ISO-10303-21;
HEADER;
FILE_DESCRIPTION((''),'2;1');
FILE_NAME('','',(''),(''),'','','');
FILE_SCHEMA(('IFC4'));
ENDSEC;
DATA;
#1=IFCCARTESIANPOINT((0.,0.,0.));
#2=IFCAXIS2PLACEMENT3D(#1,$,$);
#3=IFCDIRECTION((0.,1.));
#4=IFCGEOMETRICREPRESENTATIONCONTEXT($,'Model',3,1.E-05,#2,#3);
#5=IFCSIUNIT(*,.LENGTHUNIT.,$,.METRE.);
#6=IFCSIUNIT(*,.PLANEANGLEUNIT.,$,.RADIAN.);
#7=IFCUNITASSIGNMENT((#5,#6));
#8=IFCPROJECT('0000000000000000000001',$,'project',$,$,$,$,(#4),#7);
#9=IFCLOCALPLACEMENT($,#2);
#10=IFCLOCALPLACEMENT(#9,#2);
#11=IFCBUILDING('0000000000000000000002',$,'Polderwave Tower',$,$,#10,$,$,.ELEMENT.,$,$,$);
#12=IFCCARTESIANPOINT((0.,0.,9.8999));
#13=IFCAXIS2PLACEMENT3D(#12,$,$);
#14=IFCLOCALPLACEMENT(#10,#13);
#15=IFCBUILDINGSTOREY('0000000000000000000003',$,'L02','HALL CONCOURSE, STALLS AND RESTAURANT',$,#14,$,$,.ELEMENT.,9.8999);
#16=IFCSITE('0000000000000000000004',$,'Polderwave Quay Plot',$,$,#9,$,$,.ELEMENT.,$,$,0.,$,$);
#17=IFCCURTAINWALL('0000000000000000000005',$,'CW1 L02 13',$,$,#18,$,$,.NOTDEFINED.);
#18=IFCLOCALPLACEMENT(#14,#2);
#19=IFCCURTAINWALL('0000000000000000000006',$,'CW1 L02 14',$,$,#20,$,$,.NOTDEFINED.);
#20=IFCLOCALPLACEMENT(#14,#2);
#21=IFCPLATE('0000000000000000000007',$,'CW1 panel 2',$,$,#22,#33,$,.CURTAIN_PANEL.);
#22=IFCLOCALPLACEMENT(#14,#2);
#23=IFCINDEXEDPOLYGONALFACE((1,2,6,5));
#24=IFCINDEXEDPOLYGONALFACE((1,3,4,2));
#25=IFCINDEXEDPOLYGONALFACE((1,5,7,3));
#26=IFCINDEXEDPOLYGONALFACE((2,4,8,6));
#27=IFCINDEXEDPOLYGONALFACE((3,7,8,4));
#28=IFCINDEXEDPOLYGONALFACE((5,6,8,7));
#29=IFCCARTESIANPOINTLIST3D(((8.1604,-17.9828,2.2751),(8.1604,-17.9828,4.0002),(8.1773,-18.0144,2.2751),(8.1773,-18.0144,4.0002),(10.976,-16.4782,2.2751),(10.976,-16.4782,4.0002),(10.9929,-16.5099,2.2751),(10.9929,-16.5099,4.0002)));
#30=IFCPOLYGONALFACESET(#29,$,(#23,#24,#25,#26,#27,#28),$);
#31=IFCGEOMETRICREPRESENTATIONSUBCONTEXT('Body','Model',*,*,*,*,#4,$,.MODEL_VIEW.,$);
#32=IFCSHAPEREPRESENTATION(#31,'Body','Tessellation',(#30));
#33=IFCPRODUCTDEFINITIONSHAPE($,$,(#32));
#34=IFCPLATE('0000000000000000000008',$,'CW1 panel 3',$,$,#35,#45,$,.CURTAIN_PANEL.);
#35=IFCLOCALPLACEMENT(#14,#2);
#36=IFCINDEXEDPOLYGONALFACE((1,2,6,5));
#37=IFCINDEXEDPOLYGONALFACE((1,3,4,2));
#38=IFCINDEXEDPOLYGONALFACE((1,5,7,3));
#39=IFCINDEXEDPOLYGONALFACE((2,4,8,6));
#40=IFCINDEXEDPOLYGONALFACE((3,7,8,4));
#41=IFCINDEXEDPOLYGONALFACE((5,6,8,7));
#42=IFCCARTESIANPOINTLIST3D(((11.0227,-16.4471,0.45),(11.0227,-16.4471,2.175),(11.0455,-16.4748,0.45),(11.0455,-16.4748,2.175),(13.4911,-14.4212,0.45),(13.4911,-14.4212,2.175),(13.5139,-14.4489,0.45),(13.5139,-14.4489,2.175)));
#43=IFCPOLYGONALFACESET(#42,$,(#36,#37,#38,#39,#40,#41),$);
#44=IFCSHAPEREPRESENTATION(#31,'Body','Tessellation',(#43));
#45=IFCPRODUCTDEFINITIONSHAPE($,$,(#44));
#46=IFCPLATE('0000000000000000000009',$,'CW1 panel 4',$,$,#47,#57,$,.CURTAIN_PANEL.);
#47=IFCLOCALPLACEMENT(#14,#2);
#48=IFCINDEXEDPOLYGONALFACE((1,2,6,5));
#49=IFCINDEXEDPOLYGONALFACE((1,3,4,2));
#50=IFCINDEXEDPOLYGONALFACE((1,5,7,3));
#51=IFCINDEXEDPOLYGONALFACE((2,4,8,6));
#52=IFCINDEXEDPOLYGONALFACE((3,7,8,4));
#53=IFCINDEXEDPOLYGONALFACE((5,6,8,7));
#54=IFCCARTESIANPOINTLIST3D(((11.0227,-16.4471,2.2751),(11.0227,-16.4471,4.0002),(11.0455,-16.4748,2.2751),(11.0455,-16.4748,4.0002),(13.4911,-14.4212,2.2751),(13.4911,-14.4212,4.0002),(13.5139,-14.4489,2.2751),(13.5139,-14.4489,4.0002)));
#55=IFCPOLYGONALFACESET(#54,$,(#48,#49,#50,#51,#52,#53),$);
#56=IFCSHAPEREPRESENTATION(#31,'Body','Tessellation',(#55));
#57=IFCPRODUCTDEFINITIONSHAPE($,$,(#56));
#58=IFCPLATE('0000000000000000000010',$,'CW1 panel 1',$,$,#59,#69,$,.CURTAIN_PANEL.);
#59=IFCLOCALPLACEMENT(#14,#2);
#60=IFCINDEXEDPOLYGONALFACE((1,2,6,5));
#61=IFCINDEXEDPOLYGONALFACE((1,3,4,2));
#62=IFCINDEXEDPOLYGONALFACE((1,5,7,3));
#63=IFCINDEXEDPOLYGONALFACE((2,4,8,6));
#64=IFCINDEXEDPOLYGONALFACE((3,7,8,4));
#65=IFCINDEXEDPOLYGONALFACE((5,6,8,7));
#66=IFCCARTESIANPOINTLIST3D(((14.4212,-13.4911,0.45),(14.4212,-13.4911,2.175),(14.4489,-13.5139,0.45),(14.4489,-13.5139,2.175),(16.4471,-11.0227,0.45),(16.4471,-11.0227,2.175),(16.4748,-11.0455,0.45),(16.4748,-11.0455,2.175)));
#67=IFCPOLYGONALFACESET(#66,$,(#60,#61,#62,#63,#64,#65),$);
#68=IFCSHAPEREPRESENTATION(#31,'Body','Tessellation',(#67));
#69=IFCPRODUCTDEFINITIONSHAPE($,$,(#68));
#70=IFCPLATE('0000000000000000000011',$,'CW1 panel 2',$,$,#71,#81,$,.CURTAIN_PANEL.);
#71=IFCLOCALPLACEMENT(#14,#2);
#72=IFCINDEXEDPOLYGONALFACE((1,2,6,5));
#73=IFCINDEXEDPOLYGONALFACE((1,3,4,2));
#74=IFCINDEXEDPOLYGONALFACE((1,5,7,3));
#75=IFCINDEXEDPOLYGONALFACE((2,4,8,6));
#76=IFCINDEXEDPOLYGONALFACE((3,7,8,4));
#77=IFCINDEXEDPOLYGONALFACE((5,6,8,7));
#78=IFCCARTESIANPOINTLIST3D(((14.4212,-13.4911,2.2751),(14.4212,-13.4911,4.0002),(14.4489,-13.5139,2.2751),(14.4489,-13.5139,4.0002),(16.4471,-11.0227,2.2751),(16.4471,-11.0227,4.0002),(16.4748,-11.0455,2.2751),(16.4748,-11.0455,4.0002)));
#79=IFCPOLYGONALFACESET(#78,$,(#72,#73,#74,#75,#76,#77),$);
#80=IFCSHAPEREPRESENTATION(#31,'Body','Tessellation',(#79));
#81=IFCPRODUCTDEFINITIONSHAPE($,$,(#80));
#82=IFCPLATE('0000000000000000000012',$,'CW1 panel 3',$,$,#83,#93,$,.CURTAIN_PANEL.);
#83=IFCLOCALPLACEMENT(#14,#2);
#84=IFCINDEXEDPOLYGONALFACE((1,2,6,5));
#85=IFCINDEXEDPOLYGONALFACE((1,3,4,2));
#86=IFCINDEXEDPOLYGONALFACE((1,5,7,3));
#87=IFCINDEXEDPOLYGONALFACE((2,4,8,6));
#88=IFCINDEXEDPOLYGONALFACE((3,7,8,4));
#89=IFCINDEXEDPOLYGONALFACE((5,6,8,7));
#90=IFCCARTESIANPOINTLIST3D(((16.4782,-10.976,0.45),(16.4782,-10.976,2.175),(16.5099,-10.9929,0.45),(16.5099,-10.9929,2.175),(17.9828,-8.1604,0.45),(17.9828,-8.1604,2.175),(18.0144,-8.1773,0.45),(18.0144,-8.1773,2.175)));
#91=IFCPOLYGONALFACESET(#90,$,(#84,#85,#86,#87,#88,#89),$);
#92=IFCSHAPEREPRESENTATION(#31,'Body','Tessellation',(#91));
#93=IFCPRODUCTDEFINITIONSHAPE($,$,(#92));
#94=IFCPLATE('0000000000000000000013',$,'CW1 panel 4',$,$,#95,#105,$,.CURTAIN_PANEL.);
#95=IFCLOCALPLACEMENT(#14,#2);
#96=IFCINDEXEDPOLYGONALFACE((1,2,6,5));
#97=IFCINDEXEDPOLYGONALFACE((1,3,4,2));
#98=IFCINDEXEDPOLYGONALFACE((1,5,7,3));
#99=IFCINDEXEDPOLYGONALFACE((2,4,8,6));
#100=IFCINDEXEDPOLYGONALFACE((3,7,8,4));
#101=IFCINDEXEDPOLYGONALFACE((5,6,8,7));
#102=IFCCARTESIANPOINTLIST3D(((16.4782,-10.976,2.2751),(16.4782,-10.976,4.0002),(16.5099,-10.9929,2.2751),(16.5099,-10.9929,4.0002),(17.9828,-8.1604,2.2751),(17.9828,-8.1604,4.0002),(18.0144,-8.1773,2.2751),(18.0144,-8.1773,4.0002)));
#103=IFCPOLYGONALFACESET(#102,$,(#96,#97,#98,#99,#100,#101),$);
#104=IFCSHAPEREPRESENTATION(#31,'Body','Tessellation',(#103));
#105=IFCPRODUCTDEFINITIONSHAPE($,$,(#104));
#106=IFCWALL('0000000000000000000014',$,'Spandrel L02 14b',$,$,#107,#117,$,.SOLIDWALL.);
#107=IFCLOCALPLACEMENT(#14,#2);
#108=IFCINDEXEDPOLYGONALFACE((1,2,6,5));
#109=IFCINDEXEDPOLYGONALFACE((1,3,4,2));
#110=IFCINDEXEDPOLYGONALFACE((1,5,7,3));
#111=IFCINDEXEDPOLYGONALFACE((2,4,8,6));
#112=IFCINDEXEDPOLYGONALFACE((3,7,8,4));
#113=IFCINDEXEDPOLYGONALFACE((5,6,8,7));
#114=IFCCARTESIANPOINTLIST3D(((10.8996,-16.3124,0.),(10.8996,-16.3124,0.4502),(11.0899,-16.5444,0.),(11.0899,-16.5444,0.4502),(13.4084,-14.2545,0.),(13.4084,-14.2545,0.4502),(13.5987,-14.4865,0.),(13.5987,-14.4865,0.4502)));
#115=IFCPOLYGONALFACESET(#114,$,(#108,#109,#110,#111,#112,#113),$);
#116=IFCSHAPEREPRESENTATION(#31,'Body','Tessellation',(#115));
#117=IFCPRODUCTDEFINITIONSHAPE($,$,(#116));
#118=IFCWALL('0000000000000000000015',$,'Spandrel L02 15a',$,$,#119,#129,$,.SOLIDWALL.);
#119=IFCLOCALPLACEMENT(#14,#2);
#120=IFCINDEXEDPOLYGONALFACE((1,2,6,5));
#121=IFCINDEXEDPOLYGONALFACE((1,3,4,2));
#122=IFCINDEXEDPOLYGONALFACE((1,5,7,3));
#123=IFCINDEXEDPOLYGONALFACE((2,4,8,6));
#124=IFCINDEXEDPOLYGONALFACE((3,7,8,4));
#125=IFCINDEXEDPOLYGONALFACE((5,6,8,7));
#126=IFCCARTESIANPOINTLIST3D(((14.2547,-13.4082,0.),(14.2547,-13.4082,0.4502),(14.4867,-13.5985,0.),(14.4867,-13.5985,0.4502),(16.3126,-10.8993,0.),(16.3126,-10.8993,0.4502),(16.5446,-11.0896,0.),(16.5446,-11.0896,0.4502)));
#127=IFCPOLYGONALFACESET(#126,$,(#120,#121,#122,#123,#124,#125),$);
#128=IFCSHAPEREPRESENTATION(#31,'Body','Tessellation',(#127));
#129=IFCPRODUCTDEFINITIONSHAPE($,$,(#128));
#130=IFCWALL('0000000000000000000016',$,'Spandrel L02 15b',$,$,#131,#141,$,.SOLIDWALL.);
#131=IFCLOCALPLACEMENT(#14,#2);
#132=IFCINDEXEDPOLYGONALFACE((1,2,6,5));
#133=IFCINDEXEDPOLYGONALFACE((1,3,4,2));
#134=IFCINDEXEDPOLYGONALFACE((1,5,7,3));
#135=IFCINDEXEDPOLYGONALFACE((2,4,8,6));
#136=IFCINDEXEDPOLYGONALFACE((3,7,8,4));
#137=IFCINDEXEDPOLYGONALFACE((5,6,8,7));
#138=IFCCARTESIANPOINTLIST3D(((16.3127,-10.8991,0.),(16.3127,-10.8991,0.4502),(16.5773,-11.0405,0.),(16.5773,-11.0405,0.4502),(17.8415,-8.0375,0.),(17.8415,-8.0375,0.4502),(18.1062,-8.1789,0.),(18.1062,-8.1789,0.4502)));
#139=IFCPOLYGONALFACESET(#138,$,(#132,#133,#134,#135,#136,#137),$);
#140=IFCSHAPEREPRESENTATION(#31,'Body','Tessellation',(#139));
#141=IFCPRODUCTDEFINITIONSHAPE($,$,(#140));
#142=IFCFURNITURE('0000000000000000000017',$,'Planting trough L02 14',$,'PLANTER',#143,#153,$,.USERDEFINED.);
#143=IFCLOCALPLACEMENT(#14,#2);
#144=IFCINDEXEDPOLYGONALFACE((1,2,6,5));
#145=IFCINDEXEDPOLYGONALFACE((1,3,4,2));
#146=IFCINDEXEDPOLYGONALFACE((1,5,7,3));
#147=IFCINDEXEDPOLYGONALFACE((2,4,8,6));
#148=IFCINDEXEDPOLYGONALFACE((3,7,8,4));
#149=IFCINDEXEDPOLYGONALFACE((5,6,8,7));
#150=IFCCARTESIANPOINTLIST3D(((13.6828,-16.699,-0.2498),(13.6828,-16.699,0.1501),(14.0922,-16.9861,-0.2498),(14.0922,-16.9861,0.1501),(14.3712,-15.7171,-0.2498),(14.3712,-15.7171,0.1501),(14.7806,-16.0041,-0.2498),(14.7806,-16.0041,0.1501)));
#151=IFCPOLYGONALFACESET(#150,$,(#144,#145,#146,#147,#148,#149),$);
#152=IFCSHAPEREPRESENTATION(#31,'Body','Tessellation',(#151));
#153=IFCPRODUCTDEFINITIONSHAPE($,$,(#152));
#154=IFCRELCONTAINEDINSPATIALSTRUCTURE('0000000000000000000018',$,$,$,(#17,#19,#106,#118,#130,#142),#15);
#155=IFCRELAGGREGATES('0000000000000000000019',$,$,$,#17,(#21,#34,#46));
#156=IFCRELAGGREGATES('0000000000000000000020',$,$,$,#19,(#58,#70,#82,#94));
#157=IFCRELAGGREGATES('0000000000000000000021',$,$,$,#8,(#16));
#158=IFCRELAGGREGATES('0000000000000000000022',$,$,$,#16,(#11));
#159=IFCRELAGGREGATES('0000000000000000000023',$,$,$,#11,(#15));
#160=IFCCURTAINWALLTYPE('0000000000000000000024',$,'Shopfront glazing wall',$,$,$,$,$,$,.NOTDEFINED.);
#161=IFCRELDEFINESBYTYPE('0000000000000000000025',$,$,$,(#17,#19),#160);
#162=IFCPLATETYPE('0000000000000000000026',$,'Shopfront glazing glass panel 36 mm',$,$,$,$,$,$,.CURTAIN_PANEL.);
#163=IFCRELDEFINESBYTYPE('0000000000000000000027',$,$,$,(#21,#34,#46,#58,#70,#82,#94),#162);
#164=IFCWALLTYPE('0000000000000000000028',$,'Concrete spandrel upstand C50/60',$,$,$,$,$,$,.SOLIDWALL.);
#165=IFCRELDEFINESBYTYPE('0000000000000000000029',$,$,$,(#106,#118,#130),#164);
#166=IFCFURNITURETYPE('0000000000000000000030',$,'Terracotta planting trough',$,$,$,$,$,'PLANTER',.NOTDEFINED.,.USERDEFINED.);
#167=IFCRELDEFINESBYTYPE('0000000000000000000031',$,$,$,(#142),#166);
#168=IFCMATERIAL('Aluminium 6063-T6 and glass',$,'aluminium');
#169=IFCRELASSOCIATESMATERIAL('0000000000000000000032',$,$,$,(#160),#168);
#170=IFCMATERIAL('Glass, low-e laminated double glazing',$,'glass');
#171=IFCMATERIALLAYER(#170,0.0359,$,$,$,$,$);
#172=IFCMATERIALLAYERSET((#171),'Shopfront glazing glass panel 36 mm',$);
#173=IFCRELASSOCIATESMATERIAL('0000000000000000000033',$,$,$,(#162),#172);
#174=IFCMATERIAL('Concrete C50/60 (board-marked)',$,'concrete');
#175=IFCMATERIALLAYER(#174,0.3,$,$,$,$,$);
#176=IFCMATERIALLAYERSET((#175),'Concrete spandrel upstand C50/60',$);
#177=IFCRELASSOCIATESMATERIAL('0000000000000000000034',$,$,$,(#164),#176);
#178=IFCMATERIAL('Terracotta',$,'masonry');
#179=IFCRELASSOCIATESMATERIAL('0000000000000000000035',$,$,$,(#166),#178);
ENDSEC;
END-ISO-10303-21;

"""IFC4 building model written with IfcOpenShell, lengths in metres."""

from ifc_helpers import new_model, si_unit, direction, frame, frame_2d, origin, origin_2d, place, context, subcontext, project, spatial, rectangle, extrude, material, layer, layer_set, type_object, element, aggregate, save


model = new_model("IFC4")

# Units and contexts
model_context = context("Model", 3, precision=1e-05, world=origin(), true_north=direction((0.0, 1.0)))
body_context = subcontext(model_context, "Body", "Model", "MODEL_VIEW")
ifc_project = project(units=[si_unit("LENGTHUNIT", "METRE"), si_unit("PLANEANGLEUNIT", "RADIAN")], contexts=[model_context])

# Site, building, storey
site_placement = place(None, origin())
site = spatial("IfcSite", under=ifc_project, at=site_placement, Name="Polderwave Quay Plot", CompositionType="ELEMENT", RefElevation=0.0)
building_placement = place(site_placement, origin())
building = spatial("IfcBuilding", under=site, at=building_placement, Name="Polderwave Tower", CompositionType="ELEMENT")
storey_placement = place(building_placement, frame((0.0, 0.0, 9.8999)))
storey = spatial("IfcBuildingStorey", under=building, at=storey_placement, Name="L02", Description="HALL CONCOURSE, STALLS AND RESTAURANT", CompositionType="ELEMENT", Elevation=9.8999)

# Curtain walls
ifc_material_1 = material(Name="Aluminium 6063-T6 and glass", Category="aluminium")
curtain_wall_type = type_object("IfcCurtainWallType", Name="Shopfront glazing wall", PredefinedType="NOTDEFINED", material=ifc_material_1)
curtain_wall_1_placement = place(storey_placement, origin())
curtain_wall_1 = element("IfcCurtainWall", 1, at=curtain_wall_1_placement, inside=storey, type_object=curtain_wall_type, Name="CW1 L02 13", PredefinedType="NOTDEFINED")
curtain_wall_2_placement = place(storey_placement, origin())
curtain_wall_2 = element("IfcCurtainWall", 2, at=curtain_wall_2_placement, inside=storey, type_object=curtain_wall_type, Name="CW1 L02 14", PredefinedType="NOTDEFINED")

# Plates
ifc_material_2 = material(Name="Glass, low-e laminated double glazing", Category="glass")
ifc_layer_1 = layer(ifc_material_2, 0.0359)
ifc_layer_set_1 = layer_set([ifc_layer_1], Name="Shopfront glazing glass panel 36 mm")
plate_type = type_object("IfcPlateType", Name="Shopfront glazing glass panel 36 mm", PredefinedType="CURTAIN_PANEL", material=ifc_layer_set_1)
plate_1_placement = place(storey_placement, frame((9.5767, -17.2463, 2.2751), z_axis=(0.0, 0.0, 1.0), x_axis=(0.881973, 0.4713, 0.0)))
plate_1 = element("IfcPlate", 3, at=plate_1_placement, type_object=plate_type, Name="CW1 panel 2", PredefinedType="CURTAIN_PANEL", context=body_context, shape_type="SweptSolid", body=[
    extrude(rectangle(XDim=3.1924, YDim=0.0359, at=origin_2d()), origin(), (0.0, 0.0, 1.0), 1.7251),
])
plate_2_placement = place(storey_placement, frame((12.2683, -15.448, 0.45), z_axis=(0.0, 0.0, 1.0), x_axis=(0.772993, 0.634415, 0.0)))
plate_2 = element("IfcPlate", 4, at=plate_2_placement, type_object=plate_type, Name="CW1 panel 3", PredefinedType="CURTAIN_PANEL", context=body_context, shape_type="SweptSolid", body=[
    extrude(rectangle(XDim=3.1934, YDim=0.0359, at=origin_2d()), origin(), (0.0, 0.0, 1.0), 1.7251),
])
plate_3_placement = place(storey_placement, frame((12.2683, -15.448, 2.2751), z_axis=(0.0, 0.0, 1.0), x_axis=(0.772993, 0.634415, 0.0)))
plate_3 = element("IfcPlate", 5, at=plate_3_placement, type_object=plate_type, Name="CW1 panel 4", PredefinedType="CURTAIN_PANEL", context=body_context, shape_type="SweptSolid", body=[
    extrude(rectangle(XDim=3.1934, YDim=0.0359, at=origin_2d()), origin(), (0.0, 0.0, 1.0), 1.7251),
])
aggregate(curtain_wall_1, [plate_1, plate_2, plate_3])
plate_4_placement = place(storey_placement, frame((15.448, -12.2683, 0.45), z_axis=(0.0, 0.0, 1.0), x_axis=(0.634415, 0.772993, 0.0)))
plate_4 = element("IfcPlate", 6, at=plate_4_placement, type_object=plate_type, Name="CW1 panel 1", PredefinedType="CURTAIN_PANEL", context=body_context, shape_type="SweptSolid", body=[
    extrude(rectangle(XDim=3.1934, YDim=0.0359, at=origin_2d()), origin(), (0.0, 0.0, 1.0), 1.7251),
])
plate_5_placement = place(storey_placement, frame((15.448, -12.2683, 2.2751), z_axis=(0.0, 0.0, 1.0), x_axis=(0.634415, 0.772993, 0.0)))
plate_5 = element("IfcPlate", 7, at=plate_5_placement, type_object=plate_type, Name="CW1 panel 2", PredefinedType="CURTAIN_PANEL", context=body_context, shape_type="SweptSolid", body=[
    extrude(rectangle(XDim=3.1934, YDim=0.0359, at=origin_2d()), origin(), (0.0, 0.0, 1.0), 1.7251),
])
plate_6_placement = place(storey_placement, frame((17.2463, -9.5767, 0.45), z_axis=(0.0, 0.0, 1.0), x_axis=(0.4713, 0.881973, 0.0)))
plate_6 = element("IfcPlate", 8, at=plate_6_placement, type_object=plate_type, Name="CW1 panel 3", PredefinedType="CURTAIN_PANEL", context=body_context, shape_type="SweptSolid", body=[
    extrude(rectangle(XDim=3.1924, YDim=0.0359, at=origin_2d()), origin(), (0.0, 0.0, 1.0), 1.7251),
])
plate_7_placement = place(storey_placement, frame((17.2463, -9.5767, 2.2751), z_axis=(0.0, 0.0, 1.0), x_axis=(0.4713, 0.881973, 0.0)))
plate_7 = element("IfcPlate", 9, at=plate_7_placement, type_object=plate_type, Name="CW1 panel 4", PredefinedType="CURTAIN_PANEL", context=body_context, shape_type="SweptSolid", body=[
    extrude(rectangle(XDim=3.1924, YDim=0.0359, at=origin_2d()), origin(), (0.0, 0.0, 1.0), 1.7251),
])
aggregate(curtain_wall_2, [plate_4, plate_5, plate_6, plate_7])

# Walls
ifc_material_3 = material(Name="Concrete C50/60 (board-marked)", Category="concrete")
ifc_layer_2 = layer(ifc_material_3, 0.3)
ifc_layer_set_2 = layer_set([ifc_layer_2], Name="Concrete spandrel upstand C50/60")
wall_type = type_object("IfcWallType", Name="Concrete spandrel upstand C50/60", PredefinedType="SOLIDWALL", material=ifc_layer_set_2)
for number, where, z_axis, x_axis, name in (
    (10, (10.9946, -16.4285, 0.0), (0.0, 0.0, 1.0), (0.773169, 0.6342, 0.0), "Spandrel L02 14b"),
    (11, (14.3706, -13.5034, 0.0), (0.0, 0.0, 1.0), (0.6342, 0.773169, 0.0), "Spandrel L02 15a"),
):
    element("IfcWall", number, at=place(storey_placement, frame(where, z_axis=z_axis, x_axis=x_axis)), inside=storey, type_object=wall_type, Name=name, PredefinedType="SOLIDWALL", context=body_context, shape_type="SweptSolid", body=[
        extrude(rectangle(XDim=3.2449, YDim=0.3, at=frame_2d((1.6226, 0.0))), origin(), (0.0, 0.0, 1.0), 0.4502),
    ])
wall_placement = place(storey_placement, frame((16.4451, -10.9697, 0.0), z_axis=(0.0, 0.0, 1.0), x_axis=(0.471221, 0.882015, 0.0)))
element("IfcWall", 12, at=wall_placement, inside=storey, type_object=wall_type, Name="Spandrel L02 15b", PredefinedType="SOLIDWALL", context=body_context, shape_type="SweptSolid", body=[
    extrude(rectangle(XDim=3.2444, YDim=0.3, at=frame_2d((1.6221, 0.0))), origin(), (0.0, 0.0, 1.0), 0.4502),
])

# Furniture
ifc_material_4 = material(Name="Terracotta", Category="masonry")
furniture_type = type_object("IfcFurnitureType", Name="Terracotta planting trough", ElementType="PLANTER", AssemblyPlace="NOTDEFINED", PredefinedType="USERDEFINED", material=ifc_material_4)
furniture_placement = place(storey_placement, frame((14.2317, -16.3516, -0.2498), z_axis=(0.0, 0.0, 1.0), x_axis=(0.574017, 0.818844, 0.0)))
element("IfcFurniture", 13, at=furniture_placement, inside=storey, type_object=furniture_type, Name="Planting trough L02 14", ObjectType="PLANTER", PredefinedType="USERDEFINED", context=body_context, shape_type="SweptSolid", body=[
    extrude(rectangle(XDim=1.1992, YDim=0.5, at=origin_2d()), origin(), (0.0, 0.0, 1.0), 0.3999),
])

save(model, "model.ifc")
